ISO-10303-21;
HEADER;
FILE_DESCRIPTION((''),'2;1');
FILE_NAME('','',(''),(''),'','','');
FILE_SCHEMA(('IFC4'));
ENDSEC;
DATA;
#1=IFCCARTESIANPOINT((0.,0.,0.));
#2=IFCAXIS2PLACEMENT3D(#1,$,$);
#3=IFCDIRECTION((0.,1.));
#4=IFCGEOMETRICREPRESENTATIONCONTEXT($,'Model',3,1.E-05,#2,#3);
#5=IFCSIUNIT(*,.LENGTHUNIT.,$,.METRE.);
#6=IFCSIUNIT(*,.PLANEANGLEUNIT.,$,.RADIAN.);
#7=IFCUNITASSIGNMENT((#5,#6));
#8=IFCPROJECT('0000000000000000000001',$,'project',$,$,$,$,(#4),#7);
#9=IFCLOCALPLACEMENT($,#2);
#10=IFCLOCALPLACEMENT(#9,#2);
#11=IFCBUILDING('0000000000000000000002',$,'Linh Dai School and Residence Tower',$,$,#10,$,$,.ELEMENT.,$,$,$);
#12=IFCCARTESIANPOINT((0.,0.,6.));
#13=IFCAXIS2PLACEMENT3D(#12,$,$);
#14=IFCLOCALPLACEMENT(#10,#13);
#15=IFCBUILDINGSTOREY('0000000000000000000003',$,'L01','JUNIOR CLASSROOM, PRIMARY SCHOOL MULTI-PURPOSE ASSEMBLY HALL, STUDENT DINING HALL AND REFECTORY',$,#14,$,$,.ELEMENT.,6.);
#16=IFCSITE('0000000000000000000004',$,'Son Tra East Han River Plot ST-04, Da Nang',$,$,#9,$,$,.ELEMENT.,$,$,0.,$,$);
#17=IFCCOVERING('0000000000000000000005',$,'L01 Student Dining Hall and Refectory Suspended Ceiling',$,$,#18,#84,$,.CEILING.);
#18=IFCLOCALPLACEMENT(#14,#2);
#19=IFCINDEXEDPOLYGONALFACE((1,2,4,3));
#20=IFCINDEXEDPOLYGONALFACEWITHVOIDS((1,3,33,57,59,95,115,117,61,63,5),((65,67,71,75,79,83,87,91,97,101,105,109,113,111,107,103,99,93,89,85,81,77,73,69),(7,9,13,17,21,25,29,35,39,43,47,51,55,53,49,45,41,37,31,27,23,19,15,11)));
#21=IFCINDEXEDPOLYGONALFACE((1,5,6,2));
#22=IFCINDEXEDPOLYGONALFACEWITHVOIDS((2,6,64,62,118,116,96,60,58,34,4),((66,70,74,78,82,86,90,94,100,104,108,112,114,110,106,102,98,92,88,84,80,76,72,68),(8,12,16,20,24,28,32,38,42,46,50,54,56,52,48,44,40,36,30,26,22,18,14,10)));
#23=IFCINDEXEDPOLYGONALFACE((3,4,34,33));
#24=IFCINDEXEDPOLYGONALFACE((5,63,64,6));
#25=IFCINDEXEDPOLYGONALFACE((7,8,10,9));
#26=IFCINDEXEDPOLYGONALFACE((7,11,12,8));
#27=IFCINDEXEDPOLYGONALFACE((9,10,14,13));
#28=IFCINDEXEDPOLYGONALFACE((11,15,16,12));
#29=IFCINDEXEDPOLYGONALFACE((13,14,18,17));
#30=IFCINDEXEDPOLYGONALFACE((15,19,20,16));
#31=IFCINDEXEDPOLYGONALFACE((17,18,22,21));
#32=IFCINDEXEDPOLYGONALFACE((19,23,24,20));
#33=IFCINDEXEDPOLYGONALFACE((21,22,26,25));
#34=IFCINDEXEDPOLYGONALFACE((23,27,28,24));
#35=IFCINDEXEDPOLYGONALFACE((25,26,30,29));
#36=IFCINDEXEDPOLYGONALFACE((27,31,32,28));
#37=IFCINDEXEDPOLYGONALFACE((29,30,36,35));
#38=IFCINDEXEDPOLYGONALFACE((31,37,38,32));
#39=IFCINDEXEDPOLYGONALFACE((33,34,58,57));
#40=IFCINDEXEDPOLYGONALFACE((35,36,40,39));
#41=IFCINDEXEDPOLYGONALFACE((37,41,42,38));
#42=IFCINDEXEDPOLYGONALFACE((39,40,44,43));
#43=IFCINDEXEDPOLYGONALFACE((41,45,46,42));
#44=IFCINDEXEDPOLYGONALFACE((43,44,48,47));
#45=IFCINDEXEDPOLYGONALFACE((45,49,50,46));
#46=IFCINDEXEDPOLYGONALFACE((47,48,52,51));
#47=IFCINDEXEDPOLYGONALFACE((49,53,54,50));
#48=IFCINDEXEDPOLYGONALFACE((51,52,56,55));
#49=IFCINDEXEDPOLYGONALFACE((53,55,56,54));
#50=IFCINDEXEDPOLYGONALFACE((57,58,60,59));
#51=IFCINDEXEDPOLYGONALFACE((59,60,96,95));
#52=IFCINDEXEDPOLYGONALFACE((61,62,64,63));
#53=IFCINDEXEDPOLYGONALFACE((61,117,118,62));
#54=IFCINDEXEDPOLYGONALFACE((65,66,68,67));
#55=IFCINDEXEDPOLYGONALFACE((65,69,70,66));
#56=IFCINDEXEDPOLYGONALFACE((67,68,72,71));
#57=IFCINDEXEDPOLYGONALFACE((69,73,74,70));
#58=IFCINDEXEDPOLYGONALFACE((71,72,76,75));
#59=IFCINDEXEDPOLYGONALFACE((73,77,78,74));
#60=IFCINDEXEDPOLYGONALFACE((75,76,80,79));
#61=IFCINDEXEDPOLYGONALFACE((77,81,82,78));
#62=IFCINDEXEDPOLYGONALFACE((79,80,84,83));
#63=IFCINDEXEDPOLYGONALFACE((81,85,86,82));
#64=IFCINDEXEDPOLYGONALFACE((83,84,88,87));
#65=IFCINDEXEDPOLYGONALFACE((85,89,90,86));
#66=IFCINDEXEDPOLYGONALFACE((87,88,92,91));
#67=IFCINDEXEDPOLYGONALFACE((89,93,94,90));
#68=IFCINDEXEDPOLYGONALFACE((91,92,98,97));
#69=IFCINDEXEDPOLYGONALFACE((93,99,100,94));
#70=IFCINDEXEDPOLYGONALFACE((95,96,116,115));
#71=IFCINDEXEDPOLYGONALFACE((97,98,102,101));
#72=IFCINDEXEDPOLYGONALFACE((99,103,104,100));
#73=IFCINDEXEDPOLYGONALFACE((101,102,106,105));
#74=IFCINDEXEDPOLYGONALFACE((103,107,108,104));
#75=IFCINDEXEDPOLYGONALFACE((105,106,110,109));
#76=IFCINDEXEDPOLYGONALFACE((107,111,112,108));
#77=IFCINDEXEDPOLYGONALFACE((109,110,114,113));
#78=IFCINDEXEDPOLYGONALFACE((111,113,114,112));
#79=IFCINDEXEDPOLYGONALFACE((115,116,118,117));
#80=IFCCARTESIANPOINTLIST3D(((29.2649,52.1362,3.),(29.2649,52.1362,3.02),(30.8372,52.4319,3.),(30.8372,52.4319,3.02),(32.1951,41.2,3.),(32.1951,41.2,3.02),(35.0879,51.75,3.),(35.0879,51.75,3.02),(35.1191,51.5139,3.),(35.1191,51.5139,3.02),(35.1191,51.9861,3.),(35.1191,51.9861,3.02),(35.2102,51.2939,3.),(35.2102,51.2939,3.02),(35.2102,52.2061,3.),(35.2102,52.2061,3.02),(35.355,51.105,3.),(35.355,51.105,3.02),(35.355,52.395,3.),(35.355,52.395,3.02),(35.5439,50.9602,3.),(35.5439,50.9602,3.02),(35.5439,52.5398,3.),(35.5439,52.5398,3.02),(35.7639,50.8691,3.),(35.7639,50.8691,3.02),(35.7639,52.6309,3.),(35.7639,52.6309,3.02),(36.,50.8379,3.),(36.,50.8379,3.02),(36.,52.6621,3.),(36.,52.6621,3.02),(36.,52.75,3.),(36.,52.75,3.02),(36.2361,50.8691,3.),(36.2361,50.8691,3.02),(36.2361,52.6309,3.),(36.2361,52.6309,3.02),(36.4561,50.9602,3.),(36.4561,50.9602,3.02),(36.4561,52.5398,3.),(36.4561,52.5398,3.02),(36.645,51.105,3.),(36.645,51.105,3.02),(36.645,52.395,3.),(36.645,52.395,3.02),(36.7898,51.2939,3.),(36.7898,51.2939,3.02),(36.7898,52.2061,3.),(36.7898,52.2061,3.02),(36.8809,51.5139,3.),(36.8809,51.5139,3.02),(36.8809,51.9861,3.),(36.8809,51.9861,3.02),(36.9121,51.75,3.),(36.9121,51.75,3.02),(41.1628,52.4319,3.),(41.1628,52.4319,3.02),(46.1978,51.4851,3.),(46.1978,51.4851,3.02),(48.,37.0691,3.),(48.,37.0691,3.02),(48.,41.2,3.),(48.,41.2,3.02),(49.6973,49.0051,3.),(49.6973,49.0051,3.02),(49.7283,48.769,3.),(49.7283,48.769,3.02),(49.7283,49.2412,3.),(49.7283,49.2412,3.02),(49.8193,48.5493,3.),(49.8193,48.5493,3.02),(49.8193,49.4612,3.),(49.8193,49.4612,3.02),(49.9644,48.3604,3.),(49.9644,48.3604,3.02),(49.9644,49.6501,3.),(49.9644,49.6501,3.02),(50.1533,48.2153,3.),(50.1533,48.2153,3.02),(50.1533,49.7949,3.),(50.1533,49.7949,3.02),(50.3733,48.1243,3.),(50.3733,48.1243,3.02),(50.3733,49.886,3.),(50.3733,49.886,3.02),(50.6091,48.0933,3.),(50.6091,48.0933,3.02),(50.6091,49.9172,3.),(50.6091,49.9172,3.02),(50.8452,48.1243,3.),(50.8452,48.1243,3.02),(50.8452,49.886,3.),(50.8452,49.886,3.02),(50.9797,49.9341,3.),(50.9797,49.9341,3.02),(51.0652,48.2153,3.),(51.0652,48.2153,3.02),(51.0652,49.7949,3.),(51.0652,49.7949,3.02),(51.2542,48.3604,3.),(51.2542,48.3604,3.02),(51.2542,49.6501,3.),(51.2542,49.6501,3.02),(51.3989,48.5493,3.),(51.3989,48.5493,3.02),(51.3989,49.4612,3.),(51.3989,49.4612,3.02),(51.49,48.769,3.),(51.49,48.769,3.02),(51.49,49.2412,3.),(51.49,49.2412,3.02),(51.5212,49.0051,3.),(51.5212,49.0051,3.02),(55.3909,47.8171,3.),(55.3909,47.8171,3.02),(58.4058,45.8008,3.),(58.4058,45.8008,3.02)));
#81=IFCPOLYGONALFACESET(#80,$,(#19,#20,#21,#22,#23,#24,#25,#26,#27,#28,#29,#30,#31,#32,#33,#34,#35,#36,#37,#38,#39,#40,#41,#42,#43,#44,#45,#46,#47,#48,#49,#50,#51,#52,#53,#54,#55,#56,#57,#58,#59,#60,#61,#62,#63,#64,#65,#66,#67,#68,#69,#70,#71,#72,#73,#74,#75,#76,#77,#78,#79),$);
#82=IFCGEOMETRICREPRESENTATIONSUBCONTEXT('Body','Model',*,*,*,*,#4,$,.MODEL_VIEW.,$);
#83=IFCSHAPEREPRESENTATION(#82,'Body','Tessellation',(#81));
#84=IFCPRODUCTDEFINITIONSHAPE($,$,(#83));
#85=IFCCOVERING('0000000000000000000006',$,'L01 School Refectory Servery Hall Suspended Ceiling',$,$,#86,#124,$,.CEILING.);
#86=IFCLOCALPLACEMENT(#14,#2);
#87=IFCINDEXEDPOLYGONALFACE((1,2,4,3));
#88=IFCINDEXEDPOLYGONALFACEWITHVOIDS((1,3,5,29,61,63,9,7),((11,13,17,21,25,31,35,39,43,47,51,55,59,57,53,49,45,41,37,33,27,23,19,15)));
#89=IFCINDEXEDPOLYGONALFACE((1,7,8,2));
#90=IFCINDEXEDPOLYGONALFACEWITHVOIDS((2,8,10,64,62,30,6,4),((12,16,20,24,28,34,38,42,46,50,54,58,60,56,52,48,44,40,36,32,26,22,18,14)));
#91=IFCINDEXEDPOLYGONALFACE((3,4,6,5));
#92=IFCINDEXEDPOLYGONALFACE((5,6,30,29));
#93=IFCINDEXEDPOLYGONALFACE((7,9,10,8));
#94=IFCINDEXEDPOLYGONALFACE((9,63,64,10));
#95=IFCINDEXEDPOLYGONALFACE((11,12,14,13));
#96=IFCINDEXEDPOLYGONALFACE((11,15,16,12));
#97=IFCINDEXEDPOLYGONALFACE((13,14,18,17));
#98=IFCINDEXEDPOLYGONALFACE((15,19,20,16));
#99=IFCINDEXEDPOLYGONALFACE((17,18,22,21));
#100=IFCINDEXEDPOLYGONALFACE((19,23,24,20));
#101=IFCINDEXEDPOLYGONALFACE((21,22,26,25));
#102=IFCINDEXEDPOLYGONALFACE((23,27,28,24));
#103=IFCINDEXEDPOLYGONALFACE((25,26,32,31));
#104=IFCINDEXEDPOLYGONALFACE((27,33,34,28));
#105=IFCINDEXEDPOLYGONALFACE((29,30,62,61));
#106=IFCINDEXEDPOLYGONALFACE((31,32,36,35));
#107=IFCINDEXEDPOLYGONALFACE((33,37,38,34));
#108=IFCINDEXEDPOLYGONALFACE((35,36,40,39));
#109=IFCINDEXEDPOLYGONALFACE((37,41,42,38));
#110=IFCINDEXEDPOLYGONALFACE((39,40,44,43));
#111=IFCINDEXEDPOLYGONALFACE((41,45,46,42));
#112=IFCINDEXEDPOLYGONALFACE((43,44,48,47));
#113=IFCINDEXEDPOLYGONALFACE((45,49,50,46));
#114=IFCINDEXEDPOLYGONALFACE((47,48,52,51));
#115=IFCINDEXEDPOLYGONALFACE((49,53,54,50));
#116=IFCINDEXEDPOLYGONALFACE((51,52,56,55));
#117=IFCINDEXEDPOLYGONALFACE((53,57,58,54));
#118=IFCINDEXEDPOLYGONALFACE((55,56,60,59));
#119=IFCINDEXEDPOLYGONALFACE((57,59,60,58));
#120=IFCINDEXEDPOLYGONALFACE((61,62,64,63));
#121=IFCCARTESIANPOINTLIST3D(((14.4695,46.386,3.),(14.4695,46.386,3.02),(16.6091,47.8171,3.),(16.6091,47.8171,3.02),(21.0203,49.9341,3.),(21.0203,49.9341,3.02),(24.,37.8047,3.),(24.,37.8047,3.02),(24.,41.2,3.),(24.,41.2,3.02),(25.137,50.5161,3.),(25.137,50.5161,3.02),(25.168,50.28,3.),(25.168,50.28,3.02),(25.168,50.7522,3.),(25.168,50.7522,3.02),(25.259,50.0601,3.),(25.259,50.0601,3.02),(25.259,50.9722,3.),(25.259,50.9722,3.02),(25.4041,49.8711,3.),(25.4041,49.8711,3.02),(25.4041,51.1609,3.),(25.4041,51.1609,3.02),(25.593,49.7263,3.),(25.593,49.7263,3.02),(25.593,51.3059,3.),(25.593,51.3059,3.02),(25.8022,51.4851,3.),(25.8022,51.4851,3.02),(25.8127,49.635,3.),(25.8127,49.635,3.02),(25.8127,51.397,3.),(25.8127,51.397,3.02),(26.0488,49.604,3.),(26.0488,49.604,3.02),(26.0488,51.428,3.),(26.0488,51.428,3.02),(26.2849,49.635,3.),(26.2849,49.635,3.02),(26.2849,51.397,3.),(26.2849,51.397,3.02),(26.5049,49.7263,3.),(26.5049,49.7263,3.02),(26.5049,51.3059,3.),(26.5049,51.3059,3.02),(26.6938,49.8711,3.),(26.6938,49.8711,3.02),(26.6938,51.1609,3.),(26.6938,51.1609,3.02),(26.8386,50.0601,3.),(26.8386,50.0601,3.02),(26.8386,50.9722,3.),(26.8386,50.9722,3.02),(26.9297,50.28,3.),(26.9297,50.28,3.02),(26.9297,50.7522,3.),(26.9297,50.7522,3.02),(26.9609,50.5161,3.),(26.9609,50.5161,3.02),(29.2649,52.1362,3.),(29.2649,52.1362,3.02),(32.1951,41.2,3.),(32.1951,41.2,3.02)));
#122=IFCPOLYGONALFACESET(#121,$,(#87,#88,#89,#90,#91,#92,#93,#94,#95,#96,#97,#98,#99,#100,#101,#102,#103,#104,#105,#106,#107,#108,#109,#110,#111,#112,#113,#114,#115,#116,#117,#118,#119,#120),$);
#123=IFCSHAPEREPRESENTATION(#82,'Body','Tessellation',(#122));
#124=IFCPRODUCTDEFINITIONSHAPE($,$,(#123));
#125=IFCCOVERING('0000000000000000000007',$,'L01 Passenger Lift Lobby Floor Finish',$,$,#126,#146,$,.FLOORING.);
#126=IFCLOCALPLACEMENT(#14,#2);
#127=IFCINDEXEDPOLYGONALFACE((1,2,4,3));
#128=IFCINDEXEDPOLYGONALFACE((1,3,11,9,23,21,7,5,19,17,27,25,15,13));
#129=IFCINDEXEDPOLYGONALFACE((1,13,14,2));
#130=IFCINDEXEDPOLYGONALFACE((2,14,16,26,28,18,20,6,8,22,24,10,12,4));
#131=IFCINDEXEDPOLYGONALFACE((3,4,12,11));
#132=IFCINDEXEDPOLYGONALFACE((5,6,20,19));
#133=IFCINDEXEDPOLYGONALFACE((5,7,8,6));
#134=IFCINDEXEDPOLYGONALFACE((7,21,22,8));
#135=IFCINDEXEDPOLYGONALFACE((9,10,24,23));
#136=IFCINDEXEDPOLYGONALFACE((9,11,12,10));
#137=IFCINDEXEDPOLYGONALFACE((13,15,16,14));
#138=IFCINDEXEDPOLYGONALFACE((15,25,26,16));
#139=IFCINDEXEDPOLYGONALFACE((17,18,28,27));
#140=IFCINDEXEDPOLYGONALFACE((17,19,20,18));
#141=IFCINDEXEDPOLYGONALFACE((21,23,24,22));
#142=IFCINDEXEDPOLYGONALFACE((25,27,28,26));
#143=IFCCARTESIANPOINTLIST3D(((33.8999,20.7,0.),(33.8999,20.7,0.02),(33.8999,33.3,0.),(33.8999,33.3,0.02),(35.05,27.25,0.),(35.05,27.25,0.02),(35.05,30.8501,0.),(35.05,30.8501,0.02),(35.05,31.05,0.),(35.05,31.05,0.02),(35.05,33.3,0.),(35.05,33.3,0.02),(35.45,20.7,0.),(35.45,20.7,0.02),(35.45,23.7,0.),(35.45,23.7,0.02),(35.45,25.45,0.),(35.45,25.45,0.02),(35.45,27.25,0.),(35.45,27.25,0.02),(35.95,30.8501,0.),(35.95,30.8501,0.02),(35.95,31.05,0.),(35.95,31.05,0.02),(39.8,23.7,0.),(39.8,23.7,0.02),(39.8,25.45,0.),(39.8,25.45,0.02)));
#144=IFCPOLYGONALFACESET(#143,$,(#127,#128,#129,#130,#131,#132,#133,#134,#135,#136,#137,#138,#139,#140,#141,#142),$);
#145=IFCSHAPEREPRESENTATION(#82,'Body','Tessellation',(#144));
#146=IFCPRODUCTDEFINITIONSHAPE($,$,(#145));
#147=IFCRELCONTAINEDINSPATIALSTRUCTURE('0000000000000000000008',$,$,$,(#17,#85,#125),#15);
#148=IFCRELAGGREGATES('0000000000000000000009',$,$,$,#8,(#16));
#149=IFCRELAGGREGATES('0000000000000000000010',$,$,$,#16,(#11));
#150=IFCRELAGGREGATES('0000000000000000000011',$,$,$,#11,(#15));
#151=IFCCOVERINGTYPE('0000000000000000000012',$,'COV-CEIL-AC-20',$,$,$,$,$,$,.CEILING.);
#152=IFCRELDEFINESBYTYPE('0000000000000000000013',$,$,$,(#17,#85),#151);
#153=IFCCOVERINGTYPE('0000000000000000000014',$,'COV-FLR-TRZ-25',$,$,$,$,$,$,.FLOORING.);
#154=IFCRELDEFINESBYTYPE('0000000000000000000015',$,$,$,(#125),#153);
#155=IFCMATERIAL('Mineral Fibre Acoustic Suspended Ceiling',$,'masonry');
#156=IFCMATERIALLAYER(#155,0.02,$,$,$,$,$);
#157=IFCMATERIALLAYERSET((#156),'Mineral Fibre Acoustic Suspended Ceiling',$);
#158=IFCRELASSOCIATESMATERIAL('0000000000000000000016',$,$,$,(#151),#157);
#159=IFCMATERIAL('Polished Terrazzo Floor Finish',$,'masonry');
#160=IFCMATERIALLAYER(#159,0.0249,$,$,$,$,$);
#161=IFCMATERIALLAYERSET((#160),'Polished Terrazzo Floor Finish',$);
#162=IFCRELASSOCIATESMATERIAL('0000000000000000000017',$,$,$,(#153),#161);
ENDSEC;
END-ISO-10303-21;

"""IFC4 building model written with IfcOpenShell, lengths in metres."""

from ifc_helpers import new_model, si_unit, direction, frame, origin, place, context, subcontext, project, spatial, polyline, outline, extrude, material, layer, layer_set, type_object, element, save


model = new_model("IFC4")

# Units and contexts
model_context = context("Model", 3, precision=1e-05, world=origin(), true_north=direction((0.0, 1.0)))
body_context = subcontext(model_context, "Body", "Model", "MODEL_VIEW")
ifc_project = project(units=[si_unit("LENGTHUNIT", "METRE"), si_unit("PLANEANGLEUNIT", "RADIAN")], contexts=[model_context])

# Site, building, storey
site_placement = place(None, origin())
site = spatial("IfcSite", under=ifc_project, at=site_placement, Name="Son Tra East Han River Plot ST-04, Da Nang", CompositionType="ELEMENT", RefElevation=0.0)
building_placement = place(site_placement, origin())
building = spatial("IfcBuilding", under=site, at=building_placement, Name="Linh Dai School and Residence Tower", CompositionType="ELEMENT")
storey_placement = place(building_placement, frame((0.0, 0.0, 6.0)))
storey = spatial("IfcBuildingStorey", under=building, at=storey_placement, Name="L01", Description="JUNIOR CLASSROOM, PRIMARY SCHOOL MULTI-PURPOSE ASSEMBLY HALL, STUDENT DINING HALL AND REFECTORY", CompositionType="ELEMENT", Elevation=6.0)

# Coverings
ifc_material_1 = material(Name="Mineral Fibre Acoustic Suspended Ceiling", Category="masonry")
ifc_layer_1 = layer(ifc_material_1, 0.02)
ifc_layer_set_1 = layer_set([ifc_layer_1], Name="Mineral Fibre Acoustic Suspended Ceiling")
covering_type_1 = type_object("IfcCoveringType", Name="COV-CEIL-AC-20", PredefinedType="CEILING", material=ifc_layer_set_1)
covering_1_placement = place(storey_placement, frame((0.0, 0.0, 3.0)))
element("IfcCovering", 1, at=covering_1_placement, inside=storey, type_object=covering_type_1, Name="L01 Student Dining Hall and Refectory Suspended Ceiling", PredefinedType="CEILING", context=body_context, shape_type="SweptSolid", body=[
    extrude(outline(polyline([(36.0, 52.75), (41.1628, 52.4319), (46.1978, 51.4851), (50.9797, 49.9341), (55.3909, 47.8171), (58.4058, 45.8008), (48.0, 37.0691), (48.0, 41.2), (32.1951, 41.2), (29.2649, 52.1362), (30.8372, 52.4319), (36.0, 52.75)]), holes=[polyline([(51.49, 48.769), (51.5212, 49.0051), (51.49, 49.2412), (51.3989, 49.4612), (51.2542, 49.6501), (51.0652, 49.7949), (50.8452, 49.886), (50.6091, 49.9172), (50.3733, 49.886), (50.1533, 49.7949), (49.9644, 49.6501), (49.8193, 49.4612), (49.7283, 49.2412), (49.6973, 49.0051), (49.7283, 48.769), (49.8193, 48.5493), (49.9644, 48.3604), (50.1533, 48.2153), (50.3733, 48.1243), (50.6091, 48.0933), (50.8452, 48.1243), (51.0652, 48.2153), (51.2542, 48.3604), (51.3989, 48.5493), (51.49, 48.769)]), polyline([(36.8809, 51.5139), (36.9121, 51.75), (36.8809, 51.9861), (36.7898, 52.2061), (36.645, 52.395), (36.4561, 52.5398), (36.2361, 52.6309), (36.0, 52.6621), (35.7639, 52.6309), (35.5439, 52.5398), (35.355, 52.395), (35.2102, 52.2061), (35.1191, 51.9861), (35.0879, 51.75), (35.1191, 51.5139), (35.2102, 51.2939), (35.355, 51.105), (35.5439, 50.9602), (35.7639, 50.8691), (36.0, 50.8379), (36.2361, 50.8691), (36.4561, 50.9602), (36.645, 51.105), (36.7898, 51.2939), (36.8809, 51.5139)])]), origin(), (0.0, 0.0, 1.0), 0.02),
])
covering_2_placement = place(storey_placement, frame((0.0, 0.0, 3.0)))
element("IfcCovering", 2, at=covering_2_placement, inside=storey, type_object=covering_type_1, Name="L01 School Refectory Servery Hall Suspended Ceiling", PredefinedType="CEILING", context=body_context, shape_type="SweptSolid", body=[
    extrude(outline(polyline([(21.0203, 49.9341), (25.8022, 51.4851), (29.2649, 52.1362), (32.1951, 41.2), (24.0, 41.2), (24.0, 37.8047), (14.4695, 46.386), (16.6091, 47.8171), (21.0203, 49.9341)]), holes=[polyline([(26.9297, 50.7522), (26.8386, 50.9722), (26.6938, 51.1609), (26.5049, 51.3059), (26.2849, 51.397), (26.0488, 51.428), (25.8127, 51.397), (25.593, 51.3059), (25.4041, 51.1609), (25.259, 50.9722), (25.168, 50.7522), (25.137, 50.5161), (25.168, 50.28), (25.259, 50.0601), (25.4041, 49.8711), (25.593, 49.7263), (25.8127, 49.635), (26.0488, 49.604), (26.2849, 49.635), (26.5049, 49.7263), (26.6938, 49.8711), (26.8386, 50.0601), (26.9297, 50.28), (26.9609, 50.5161), (26.9297, 50.7522)])]), origin(), (0.0, 0.0, 1.0), 0.02),
])
ifc_material_2 = material(Name="Polished Terrazzo Floor Finish", Category="masonry")
ifc_layer_2 = layer(ifc_material_2, 0.0249)
ifc_layer_set_2 = layer_set([ifc_layer_2], Name="Polished Terrazzo Floor Finish")
covering_type_2 = type_object("IfcCoveringType", Name="COV-FLR-TRZ-25", PredefinedType="FLOORING", material=ifc_layer_set_2)
covering_3_placement = place(storey_placement, origin())
element("IfcCovering", 3, at=covering_3_placement, inside=storey, type_object=covering_type_2, Name="L01 Passenger Lift Lobby Floor Finish", PredefinedType="FLOORING", context=body_context, shape_type="SweptSolid", body=[
    extrude(outline(polyline([(35.05, 33.3), (35.05, 31.05), (35.95, 31.05), (35.95, 30.8501), (35.05, 30.8501), (35.05, 27.25), (35.45, 27.25), (35.45, 25.45), (39.8, 25.45), (39.8, 23.7), (35.45, 23.7), (35.45, 20.7), (33.8999, 20.7), (33.8999, 33.3), (35.05, 33.3)])), origin(), (0.0, 0.0, 1.0), 0.02),
])

save(model, "model.ifc")
